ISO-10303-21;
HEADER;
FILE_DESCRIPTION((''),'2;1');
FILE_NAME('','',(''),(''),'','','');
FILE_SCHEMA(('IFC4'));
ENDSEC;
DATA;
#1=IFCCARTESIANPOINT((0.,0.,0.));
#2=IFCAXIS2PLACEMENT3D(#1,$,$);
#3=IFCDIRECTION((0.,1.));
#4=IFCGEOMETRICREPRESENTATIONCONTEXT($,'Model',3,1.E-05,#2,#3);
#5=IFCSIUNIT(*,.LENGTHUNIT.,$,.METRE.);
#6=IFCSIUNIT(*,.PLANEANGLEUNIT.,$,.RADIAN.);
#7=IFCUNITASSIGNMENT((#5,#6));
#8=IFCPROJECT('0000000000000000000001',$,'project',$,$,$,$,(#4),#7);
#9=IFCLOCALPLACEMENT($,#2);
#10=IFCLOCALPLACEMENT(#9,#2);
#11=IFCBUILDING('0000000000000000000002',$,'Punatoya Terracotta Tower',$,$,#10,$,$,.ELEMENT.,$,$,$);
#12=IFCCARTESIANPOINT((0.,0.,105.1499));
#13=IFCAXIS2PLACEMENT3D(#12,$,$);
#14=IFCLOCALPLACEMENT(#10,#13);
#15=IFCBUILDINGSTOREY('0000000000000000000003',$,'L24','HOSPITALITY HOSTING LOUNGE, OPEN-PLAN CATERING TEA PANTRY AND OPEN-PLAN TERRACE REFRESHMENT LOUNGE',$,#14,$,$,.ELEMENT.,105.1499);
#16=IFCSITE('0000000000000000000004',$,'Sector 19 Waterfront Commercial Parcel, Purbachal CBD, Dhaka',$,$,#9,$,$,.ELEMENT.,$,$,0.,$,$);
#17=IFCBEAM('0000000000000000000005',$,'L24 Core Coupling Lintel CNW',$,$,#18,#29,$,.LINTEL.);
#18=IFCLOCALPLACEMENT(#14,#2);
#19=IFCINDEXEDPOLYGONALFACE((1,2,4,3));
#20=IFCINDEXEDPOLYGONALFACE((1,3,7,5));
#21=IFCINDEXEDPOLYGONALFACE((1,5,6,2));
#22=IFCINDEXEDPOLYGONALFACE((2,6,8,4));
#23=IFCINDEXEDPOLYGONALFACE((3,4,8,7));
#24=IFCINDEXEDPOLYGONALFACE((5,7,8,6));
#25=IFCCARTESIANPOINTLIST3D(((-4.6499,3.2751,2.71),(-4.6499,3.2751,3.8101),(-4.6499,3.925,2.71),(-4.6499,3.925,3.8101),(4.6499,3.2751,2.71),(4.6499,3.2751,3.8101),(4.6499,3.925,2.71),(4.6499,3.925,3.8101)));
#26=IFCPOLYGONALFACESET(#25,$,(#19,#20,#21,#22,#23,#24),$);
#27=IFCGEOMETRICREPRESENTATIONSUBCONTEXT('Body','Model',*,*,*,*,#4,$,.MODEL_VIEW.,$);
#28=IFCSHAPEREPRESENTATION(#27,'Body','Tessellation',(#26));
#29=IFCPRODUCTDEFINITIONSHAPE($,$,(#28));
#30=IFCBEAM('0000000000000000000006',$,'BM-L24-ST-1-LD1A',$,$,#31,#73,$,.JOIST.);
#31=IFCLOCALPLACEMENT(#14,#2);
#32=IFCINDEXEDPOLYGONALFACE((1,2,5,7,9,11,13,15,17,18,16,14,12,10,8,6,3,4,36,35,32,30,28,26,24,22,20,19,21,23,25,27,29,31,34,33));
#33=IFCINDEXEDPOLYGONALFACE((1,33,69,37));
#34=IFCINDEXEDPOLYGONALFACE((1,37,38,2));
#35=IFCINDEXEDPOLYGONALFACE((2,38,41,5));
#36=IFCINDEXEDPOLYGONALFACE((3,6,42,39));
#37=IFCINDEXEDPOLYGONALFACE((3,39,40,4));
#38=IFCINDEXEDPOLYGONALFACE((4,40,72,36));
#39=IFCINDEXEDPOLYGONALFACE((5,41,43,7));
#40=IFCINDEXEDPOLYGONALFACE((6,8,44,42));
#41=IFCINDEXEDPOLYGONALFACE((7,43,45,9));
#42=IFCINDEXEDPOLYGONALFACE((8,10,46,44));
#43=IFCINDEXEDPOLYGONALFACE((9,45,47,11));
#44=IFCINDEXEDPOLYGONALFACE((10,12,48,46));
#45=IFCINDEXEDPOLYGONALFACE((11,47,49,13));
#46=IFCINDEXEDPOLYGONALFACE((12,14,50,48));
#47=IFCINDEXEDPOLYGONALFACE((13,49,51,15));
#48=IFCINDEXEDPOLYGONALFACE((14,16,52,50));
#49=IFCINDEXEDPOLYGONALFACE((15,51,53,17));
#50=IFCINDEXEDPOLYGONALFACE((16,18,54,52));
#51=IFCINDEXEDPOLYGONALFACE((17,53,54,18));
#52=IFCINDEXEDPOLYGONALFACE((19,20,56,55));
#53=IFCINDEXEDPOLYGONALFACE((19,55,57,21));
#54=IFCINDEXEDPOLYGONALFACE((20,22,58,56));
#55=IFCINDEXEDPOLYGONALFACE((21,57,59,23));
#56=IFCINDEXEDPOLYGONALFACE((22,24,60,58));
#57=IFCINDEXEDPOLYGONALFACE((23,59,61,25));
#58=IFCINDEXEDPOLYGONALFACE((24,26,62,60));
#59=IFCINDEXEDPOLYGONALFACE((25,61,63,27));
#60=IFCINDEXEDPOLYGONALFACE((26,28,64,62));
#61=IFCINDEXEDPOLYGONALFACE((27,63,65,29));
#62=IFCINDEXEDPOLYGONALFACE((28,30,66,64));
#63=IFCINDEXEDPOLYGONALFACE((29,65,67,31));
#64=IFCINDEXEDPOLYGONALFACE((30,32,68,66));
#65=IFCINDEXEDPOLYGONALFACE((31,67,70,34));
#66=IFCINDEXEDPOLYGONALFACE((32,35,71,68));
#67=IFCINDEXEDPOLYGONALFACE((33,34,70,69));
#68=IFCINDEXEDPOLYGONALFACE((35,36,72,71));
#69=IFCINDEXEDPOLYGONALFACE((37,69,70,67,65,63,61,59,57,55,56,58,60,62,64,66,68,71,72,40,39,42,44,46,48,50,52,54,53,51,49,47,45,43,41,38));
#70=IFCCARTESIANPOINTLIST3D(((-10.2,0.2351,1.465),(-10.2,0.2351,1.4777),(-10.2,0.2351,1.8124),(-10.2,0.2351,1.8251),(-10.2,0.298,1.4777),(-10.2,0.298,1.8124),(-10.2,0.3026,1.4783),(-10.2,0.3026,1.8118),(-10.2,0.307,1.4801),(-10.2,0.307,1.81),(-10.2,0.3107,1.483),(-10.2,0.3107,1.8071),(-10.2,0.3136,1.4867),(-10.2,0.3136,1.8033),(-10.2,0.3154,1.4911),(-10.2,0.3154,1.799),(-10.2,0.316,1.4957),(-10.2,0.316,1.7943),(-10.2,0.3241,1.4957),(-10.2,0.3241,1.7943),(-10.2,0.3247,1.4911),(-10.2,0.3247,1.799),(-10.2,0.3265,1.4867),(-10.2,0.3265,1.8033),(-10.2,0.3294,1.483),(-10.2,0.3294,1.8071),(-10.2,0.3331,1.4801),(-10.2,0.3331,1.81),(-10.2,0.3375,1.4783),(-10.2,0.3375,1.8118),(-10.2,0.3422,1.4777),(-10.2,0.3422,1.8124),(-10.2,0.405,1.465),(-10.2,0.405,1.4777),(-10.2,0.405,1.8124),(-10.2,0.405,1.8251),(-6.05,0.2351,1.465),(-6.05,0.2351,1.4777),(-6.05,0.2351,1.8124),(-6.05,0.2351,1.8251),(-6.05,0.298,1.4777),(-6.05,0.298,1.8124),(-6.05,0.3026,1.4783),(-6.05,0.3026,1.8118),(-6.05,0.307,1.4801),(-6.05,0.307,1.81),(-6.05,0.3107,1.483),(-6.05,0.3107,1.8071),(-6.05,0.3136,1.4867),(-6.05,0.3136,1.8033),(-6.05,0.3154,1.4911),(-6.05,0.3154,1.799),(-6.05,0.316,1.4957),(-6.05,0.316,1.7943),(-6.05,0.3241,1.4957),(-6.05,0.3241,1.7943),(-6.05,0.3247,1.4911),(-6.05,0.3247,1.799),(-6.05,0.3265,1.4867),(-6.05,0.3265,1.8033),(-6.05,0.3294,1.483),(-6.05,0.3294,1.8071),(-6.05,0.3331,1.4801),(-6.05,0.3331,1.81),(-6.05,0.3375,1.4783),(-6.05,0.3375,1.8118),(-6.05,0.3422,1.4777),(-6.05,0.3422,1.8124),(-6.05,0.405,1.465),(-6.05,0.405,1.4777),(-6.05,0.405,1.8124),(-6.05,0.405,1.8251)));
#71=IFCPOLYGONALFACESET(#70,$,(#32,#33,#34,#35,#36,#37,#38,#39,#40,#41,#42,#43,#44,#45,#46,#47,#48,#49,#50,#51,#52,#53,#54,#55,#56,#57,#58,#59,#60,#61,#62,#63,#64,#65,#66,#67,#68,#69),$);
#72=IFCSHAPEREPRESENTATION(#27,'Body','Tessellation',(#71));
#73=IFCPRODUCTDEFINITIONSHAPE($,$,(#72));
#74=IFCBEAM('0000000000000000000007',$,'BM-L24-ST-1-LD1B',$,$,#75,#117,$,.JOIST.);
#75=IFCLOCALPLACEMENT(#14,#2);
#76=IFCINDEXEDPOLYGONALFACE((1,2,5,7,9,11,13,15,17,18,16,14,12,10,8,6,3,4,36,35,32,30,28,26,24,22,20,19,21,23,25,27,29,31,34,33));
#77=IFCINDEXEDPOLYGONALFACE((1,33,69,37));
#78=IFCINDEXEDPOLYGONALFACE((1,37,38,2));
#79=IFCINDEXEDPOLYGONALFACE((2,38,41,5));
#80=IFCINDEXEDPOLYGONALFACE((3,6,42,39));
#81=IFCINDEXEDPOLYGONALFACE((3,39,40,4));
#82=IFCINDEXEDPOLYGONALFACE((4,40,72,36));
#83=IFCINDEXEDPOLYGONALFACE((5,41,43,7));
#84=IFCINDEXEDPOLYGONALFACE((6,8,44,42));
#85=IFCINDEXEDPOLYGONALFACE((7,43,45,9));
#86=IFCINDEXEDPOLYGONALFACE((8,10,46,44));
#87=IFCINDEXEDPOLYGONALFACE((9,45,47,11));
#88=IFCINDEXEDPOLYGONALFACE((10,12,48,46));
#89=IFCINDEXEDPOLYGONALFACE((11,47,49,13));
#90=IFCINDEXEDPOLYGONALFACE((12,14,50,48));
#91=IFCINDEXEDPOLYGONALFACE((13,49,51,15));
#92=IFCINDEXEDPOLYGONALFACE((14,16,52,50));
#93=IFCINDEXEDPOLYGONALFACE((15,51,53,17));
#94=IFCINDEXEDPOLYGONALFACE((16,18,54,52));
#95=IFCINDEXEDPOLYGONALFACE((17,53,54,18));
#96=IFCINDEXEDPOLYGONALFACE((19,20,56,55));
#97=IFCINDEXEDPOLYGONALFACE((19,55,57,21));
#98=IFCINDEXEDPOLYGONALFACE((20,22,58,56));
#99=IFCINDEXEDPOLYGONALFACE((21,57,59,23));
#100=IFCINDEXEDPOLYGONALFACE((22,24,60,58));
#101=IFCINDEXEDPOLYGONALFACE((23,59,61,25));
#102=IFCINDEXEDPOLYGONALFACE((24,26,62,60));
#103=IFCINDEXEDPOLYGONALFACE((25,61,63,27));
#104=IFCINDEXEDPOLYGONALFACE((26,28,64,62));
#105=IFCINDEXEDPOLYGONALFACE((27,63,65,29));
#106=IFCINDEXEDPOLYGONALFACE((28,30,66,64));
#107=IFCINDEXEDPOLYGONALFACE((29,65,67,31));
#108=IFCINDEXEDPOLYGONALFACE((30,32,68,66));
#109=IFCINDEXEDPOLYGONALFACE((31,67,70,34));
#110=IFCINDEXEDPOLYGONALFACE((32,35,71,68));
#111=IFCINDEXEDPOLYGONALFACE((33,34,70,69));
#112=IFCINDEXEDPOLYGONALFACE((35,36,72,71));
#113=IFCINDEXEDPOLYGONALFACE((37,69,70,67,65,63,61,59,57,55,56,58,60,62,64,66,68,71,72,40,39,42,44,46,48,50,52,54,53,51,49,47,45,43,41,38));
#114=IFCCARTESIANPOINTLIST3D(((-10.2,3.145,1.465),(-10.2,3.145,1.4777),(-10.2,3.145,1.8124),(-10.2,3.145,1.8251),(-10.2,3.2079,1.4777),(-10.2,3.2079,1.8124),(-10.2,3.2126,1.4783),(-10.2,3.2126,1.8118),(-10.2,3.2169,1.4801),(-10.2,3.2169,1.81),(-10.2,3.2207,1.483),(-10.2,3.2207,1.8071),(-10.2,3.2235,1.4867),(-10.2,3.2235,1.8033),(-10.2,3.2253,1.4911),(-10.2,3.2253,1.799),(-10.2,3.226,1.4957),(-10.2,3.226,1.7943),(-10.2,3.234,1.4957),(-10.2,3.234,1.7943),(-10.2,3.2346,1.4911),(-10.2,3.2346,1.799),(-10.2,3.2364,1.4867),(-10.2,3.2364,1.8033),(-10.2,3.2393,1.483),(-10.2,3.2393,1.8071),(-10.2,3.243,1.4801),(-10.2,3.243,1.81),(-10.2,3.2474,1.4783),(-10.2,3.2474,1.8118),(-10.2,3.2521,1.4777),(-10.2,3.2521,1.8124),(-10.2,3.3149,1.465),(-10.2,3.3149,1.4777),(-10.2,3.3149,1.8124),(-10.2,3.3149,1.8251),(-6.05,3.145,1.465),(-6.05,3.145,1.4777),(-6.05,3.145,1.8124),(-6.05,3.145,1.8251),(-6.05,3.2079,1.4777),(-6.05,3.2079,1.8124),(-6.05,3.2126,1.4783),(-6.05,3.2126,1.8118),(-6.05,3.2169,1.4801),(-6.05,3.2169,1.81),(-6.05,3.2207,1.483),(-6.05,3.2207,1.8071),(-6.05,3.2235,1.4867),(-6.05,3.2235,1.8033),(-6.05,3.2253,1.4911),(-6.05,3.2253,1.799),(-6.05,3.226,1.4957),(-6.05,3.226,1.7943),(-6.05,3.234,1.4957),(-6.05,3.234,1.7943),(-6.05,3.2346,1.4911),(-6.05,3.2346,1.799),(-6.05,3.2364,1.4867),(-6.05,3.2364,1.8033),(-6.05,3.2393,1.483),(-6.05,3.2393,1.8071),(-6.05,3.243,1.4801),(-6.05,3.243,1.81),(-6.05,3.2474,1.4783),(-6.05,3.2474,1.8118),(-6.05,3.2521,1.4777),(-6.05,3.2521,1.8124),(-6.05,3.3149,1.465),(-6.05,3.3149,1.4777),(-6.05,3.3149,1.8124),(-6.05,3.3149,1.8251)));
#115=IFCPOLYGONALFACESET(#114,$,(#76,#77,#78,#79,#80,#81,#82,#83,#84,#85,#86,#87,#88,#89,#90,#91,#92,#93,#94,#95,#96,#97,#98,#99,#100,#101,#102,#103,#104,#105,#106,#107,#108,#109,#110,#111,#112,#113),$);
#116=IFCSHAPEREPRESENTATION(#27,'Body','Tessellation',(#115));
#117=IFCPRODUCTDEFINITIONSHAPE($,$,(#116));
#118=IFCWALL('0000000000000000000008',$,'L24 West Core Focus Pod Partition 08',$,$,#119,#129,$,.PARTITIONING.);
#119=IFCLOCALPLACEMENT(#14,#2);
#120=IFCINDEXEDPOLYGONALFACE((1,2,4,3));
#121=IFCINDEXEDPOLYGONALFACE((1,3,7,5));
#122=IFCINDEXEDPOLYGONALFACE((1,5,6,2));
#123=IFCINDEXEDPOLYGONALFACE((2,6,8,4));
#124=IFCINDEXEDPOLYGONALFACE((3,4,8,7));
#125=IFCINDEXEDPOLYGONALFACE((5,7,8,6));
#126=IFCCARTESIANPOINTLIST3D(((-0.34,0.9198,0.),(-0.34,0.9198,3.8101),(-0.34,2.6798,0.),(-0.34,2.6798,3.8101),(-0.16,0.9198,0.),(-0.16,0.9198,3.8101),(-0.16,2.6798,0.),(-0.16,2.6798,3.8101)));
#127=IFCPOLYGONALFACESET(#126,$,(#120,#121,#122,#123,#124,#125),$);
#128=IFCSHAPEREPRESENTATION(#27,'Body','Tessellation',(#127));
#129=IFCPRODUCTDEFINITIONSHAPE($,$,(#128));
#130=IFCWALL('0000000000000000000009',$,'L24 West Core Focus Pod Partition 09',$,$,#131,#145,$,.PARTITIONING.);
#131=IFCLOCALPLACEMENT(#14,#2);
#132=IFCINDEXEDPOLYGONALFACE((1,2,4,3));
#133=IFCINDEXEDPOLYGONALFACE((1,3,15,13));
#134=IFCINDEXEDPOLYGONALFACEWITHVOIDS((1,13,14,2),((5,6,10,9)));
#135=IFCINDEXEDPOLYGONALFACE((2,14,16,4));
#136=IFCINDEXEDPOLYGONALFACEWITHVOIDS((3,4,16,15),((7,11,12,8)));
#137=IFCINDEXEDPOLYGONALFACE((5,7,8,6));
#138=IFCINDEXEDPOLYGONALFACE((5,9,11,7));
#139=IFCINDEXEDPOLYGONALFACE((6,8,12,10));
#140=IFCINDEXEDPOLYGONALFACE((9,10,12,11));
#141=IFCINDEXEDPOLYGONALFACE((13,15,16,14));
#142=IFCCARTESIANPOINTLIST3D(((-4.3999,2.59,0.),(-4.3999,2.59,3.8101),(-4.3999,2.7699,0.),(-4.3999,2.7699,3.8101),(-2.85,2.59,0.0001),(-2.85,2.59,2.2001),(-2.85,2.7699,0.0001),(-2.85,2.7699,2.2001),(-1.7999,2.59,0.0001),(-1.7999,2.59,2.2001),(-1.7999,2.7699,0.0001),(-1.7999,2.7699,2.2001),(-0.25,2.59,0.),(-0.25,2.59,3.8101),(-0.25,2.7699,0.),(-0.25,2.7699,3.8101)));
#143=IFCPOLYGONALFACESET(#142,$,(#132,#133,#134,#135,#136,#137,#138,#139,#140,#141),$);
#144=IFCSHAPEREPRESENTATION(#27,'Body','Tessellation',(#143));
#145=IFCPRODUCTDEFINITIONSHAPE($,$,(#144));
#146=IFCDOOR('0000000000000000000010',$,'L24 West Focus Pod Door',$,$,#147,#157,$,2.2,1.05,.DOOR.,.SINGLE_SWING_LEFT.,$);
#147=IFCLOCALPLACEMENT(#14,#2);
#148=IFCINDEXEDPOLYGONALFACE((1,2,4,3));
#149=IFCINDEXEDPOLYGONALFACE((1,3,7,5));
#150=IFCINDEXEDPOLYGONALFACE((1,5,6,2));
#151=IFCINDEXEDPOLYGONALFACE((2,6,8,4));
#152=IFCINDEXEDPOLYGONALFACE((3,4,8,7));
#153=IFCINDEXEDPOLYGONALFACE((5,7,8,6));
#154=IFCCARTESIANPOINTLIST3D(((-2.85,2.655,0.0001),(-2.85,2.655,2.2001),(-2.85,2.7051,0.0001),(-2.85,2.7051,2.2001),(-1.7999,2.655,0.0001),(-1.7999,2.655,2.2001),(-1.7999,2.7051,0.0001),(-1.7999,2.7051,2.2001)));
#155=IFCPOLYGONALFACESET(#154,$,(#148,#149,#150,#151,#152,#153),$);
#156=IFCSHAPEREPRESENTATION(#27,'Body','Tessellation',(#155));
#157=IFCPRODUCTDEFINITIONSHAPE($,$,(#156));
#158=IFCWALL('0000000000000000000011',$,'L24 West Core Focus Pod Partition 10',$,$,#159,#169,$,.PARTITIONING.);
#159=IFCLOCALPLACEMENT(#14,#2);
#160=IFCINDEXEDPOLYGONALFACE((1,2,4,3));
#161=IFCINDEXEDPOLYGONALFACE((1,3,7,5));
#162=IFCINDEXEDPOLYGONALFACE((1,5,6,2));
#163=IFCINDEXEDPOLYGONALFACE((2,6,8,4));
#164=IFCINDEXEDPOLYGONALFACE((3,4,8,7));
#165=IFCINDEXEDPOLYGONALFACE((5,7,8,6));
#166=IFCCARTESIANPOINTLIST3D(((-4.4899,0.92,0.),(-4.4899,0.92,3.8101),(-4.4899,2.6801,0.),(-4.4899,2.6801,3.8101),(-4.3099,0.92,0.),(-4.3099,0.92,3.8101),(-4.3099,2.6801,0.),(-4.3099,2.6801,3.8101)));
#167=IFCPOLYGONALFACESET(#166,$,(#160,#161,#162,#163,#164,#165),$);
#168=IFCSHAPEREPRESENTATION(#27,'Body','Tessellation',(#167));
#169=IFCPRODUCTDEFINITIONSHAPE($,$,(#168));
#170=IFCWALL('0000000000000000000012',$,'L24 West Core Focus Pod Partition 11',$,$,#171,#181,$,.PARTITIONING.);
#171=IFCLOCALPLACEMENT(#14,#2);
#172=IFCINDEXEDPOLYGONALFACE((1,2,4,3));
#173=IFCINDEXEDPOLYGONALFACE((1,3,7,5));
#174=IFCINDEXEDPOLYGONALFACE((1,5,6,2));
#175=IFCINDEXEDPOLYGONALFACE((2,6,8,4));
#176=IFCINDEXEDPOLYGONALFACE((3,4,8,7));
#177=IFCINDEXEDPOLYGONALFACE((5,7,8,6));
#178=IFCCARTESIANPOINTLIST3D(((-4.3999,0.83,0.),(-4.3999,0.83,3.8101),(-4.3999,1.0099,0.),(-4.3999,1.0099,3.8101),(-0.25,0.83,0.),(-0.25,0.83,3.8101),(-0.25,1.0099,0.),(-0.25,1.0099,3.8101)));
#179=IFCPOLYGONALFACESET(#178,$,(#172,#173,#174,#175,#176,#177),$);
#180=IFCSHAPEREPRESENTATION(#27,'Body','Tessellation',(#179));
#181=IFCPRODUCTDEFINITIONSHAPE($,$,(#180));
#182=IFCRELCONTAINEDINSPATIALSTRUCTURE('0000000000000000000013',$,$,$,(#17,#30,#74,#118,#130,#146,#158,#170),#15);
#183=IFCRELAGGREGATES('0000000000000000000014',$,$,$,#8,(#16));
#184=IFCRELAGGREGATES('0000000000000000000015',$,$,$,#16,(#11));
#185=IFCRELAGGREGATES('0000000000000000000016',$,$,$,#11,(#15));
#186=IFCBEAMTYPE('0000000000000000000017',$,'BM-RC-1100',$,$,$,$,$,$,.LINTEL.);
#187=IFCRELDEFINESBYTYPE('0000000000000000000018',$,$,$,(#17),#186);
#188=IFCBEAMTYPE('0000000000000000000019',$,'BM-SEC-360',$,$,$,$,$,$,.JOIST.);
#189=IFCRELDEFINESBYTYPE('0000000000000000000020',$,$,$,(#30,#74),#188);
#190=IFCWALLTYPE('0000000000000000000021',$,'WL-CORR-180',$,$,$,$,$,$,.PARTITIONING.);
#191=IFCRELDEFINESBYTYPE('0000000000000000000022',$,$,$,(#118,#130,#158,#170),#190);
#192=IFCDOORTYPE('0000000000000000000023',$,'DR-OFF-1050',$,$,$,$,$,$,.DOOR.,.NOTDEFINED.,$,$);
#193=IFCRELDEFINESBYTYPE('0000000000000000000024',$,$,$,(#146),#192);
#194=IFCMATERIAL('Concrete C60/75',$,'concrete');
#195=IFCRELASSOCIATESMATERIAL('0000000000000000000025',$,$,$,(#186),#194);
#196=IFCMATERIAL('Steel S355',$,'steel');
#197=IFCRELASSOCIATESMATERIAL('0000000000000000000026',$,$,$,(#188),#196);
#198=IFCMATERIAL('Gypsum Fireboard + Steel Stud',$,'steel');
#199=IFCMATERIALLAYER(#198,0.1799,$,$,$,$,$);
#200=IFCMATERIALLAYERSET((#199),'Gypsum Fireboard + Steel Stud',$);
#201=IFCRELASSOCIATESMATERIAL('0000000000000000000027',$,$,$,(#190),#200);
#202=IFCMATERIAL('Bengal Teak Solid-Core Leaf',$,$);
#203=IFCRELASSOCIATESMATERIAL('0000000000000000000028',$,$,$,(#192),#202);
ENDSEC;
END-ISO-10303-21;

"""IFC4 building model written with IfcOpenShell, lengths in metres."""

from ifc_helpers import new_model, si_unit, direction, frame, frame_2d, origin, origin_2d, place, context, subcontext, project, spatial, rectangle, i_section, extrude, material, layer, layer_set, material_profile, profile_set, type_object, element, fill, save


model = new_model("IFC4")

# Units and contexts
model_context = context("Model", 3, precision=1e-05, world=origin(), true_north=direction((0.0, 1.0)))
body_context = subcontext(model_context, "Body", "Model", "MODEL_VIEW")
ifc_project = project(units=[si_unit("LENGTHUNIT", "METRE"), si_unit("PLANEANGLEUNIT", "RADIAN")], contexts=[model_context])

# Site, building, storey
site_placement = place(None, origin())
site = spatial("IfcSite", under=ifc_project, at=site_placement, Name="Sector 19 Waterfront Commercial Parcel, Purbachal CBD, Dhaka", CompositionType="ELEMENT", RefElevation=0.0)
building_placement = place(site_placement, origin())
building = spatial("IfcBuilding", under=site, at=building_placement, Name="Punatoya Terracotta Tower", CompositionType="ELEMENT")
storey_placement = place(building_placement, frame((0.0, 0.0, 105.1499)))
storey = spatial("IfcBuildingStorey", under=building, at=storey_placement, Name="L24", Description="HOSPITALITY HOSTING LOUNGE, OPEN-PLAN CATERING TEA PANTRY AND OPEN-PLAN TERRACE REFRESHMENT LOUNGE", CompositionType="ELEMENT", Elevation=105.1499)

# Beams
ifc_material_1 = material(Name="Concrete C60/75", Category="concrete")
ifc_material_profile_1 = material_profile(ifc_material_1, rectangle(XDim=0.6499, YDim=1.1001, at=origin_2d()))
ifc_profile_set_1 = profile_set([ifc_material_profile_1], Name="Concrete C60/75")
beam_type_1 = type_object("IfcBeamType", Name="BM-RC-1100", PredefinedType="LINTEL", material=ifc_profile_set_1)
beam_placement = place(storey_placement, frame((-4.6499, 3.6001, 3.26), z_axis=(1.0, 0.0, 0.0), x_axis=(0.0, 1.0, 0.0)))
element("IfcBeam", 1, at=beam_placement, inside=storey, type_object=beam_type_1, Name="L24 Core Coupling Lintel CNW", PredefinedType="LINTEL", context=body_context, shape_type="SweptSolid", body=[
    extrude(rectangle(XDim=0.6499, YDim=1.1001, at=origin_2d()), origin(), (0.0, 0.0, 1.0), 9.2998),
])
ifc_material_2 = material(Name="Steel S355", Category="steel")
ifc_material_profile_2 = material_profile(ifc_material_2, i_section(OverallWidth=0.1699, OverallDepth=0.3601, WebThickness=0.0081, FlangeThickness=0.0127, FilletRadius=0.0181, at=origin_2d()))
ifc_profile_set_2 = profile_set([ifc_material_profile_2], Name="Steel S355")
beam_type_2 = type_object("IfcBeamType", Name="BM-SEC-360", PredefinedType="JOIST", material=ifc_profile_set_2)
for number, where, z_axis, x_axis, name in (
    (2, (-10.2, 0.3201, 1.645), (1.0, 0.0, 0.0), (0.0, 1.0, 0.0), "BM-L24-ST-1-LD1A"),
    (3, (-10.2, 3.23, 1.645), (1.0, 0.0, 0.0), (0.0, 1.0, 0.0), "BM-L24-ST-1-LD1B"),
):
    element("IfcBeam", number, at=place(storey_placement, frame(where, z_axis=z_axis, x_axis=x_axis)), inside=storey, type_object=beam_type_2, Name=name, PredefinedType="JOIST", context=body_context, shape_type="SweptSolid", body=[
        extrude(i_section(OverallWidth=0.1699, OverallDepth=0.3601, WebThickness=0.0081, FlangeThickness=0.0127, FilletRadius=0.0181, at=origin_2d()), origin(), (0.0, 0.0, 1.0), 4.1499),
    ])

# Wall
ifc_material_3 = material(Name="Gypsum Fireboard + Steel Stud", Category="steel")
ifc_layer_1 = layer(ifc_material_3, 0.1799)
ifc_layer_set_1 = layer_set([ifc_layer_1], Name="Gypsum Fireboard + Steel Stud")
wall_type_1 = type_object("IfcWallType", Name="WL-CORR-180", PredefinedType="PARTITIONING", material=ifc_layer_set_1)
wall_1_placement = place(storey_placement, frame((-0.25, 0.9199, 0.0), z_axis=(0.0, 0.0, 1.0), x_axis=(0.0, 1.0, 0.0)))
element("IfcWall", 4, at=wall_1_placement, inside=storey, type_object=wall_type_1, Name="L24 West Core Focus Pod Partition 08", PredefinedType="PARTITIONING", context=body_context, shape_type="SweptSolid", body=[
    extrude(rectangle(XDim=1.76, YDim=0.1799, at=frame_2d((0.8799, 0.0))), origin(), (0.0, 0.0, 1.0), 3.8101),
])

# Wall, opening, door
wall_2_placement = place(storey_placement, frame((-0.25, 2.6799, 0.0), z_axis=(0.0, 0.0, 1.0), x_axis=(-1.0, 0.0, 0.0)))
wall_2 = element("IfcWall", 5, at=wall_2_placement, inside=storey, type_object=wall_type_1, Name="L24 West Core Focus Pod Partition 09", PredefinedType="PARTITIONING", context=body_context, shape_type="SweptSolid", body=[
    extrude(rectangle(XDim=4.1499, YDim=0.1799, at=frame_2d((2.075, 0.0))), origin(), (0.0, 0.0, 1.0), 3.8101),
])
opening_1_placement = place(wall_2_placement, frame((1.55, 0.0, 0.0)))
opening_1 = element("IfcOpeningElement", 6, at=opening_1_placement, cuts=wall_2, PredefinedType="OPENING", context=body_context, shape_type="SweptSolid", body=[
    extrude(rectangle(XDim=1.05, YDim=2.2, at=frame_2d((0.5249, 1.1001))), frame((0.0, 0.0999, 0.0), z_axis=(0.0, -1.0, 0.0), x_axis=(1.0, 0.0, 0.0)), (0.0, 0.0, 1.0), 0.2),
])
ifc_material_4 = material(Name="Bengal Teak Solid-Core Leaf")
door_type_1 = type_object("IfcDoorType", Name="DR-OFF-1050", OperationType="NOTDEFINED", PredefinedType="DOOR", material=ifc_material_4)
door_1_placement = place(opening_1_placement, origin())
door_1 = element("IfcDoor", 7, at=door_1_placement, inside=storey, type_object=door_type_1, Name="L24 West Focus Pod Door", OperationType="SINGLE_SWING_LEFT", OverallHeight=2.2, OverallWidth=1.05, PredefinedType="DOOR", context=body_context, shape_type="SweptSolid", body=[
    extrude(rectangle(XDim=1.05, YDim=2.2, at=frame_2d((0.5249, 1.1001))), frame((0.0, 0.0249, 0.0), z_axis=(0.0, -1.0, 0.0), x_axis=(1.0, 0.0, 0.0)), (0.0, 0.0, 1.0), 0.05),
])
fill(opening_1, door_1)

# Walls
wall_3_placement = place(storey_placement, frame((-4.3999, 2.6799, 0.0), z_axis=(0.0, 0.0, 1.0), x_axis=(0.0, -1.0, 0.0)))
element("IfcWall", 8, at=wall_3_placement, inside=storey, type_object=wall_type_1, Name="L24 West Core Focus Pod Partition 10", PredefinedType="PARTITIONING", context=body_context, shape_type="SweptSolid", body=[
    extrude(rectangle(XDim=1.76, YDim=0.1799, at=frame_2d((0.8799, 0.0))), origin(), (0.0, 0.0, 1.0), 3.8101),
])
wall_4_placement = place(storey_placement, frame((-4.3999, 0.9199, 0.0), z_axis=(0.0, 0.0, 1.0), x_axis=(1.0, 0.0, 0.0)))
element("IfcWall", 9, at=wall_4_placement, inside=storey, type_object=wall_type_1, Name="L24 West Core Focus Pod Partition 11", PredefinedType="PARTITIONING", context=body_context, shape_type="SweptSolid", body=[
    extrude(rectangle(XDim=4.1499, YDim=0.1799, at=frame_2d((2.075, 0.0))), origin(), (0.0, 0.0, 1.0), 3.8101),
])

save(model, "model.ifc")
